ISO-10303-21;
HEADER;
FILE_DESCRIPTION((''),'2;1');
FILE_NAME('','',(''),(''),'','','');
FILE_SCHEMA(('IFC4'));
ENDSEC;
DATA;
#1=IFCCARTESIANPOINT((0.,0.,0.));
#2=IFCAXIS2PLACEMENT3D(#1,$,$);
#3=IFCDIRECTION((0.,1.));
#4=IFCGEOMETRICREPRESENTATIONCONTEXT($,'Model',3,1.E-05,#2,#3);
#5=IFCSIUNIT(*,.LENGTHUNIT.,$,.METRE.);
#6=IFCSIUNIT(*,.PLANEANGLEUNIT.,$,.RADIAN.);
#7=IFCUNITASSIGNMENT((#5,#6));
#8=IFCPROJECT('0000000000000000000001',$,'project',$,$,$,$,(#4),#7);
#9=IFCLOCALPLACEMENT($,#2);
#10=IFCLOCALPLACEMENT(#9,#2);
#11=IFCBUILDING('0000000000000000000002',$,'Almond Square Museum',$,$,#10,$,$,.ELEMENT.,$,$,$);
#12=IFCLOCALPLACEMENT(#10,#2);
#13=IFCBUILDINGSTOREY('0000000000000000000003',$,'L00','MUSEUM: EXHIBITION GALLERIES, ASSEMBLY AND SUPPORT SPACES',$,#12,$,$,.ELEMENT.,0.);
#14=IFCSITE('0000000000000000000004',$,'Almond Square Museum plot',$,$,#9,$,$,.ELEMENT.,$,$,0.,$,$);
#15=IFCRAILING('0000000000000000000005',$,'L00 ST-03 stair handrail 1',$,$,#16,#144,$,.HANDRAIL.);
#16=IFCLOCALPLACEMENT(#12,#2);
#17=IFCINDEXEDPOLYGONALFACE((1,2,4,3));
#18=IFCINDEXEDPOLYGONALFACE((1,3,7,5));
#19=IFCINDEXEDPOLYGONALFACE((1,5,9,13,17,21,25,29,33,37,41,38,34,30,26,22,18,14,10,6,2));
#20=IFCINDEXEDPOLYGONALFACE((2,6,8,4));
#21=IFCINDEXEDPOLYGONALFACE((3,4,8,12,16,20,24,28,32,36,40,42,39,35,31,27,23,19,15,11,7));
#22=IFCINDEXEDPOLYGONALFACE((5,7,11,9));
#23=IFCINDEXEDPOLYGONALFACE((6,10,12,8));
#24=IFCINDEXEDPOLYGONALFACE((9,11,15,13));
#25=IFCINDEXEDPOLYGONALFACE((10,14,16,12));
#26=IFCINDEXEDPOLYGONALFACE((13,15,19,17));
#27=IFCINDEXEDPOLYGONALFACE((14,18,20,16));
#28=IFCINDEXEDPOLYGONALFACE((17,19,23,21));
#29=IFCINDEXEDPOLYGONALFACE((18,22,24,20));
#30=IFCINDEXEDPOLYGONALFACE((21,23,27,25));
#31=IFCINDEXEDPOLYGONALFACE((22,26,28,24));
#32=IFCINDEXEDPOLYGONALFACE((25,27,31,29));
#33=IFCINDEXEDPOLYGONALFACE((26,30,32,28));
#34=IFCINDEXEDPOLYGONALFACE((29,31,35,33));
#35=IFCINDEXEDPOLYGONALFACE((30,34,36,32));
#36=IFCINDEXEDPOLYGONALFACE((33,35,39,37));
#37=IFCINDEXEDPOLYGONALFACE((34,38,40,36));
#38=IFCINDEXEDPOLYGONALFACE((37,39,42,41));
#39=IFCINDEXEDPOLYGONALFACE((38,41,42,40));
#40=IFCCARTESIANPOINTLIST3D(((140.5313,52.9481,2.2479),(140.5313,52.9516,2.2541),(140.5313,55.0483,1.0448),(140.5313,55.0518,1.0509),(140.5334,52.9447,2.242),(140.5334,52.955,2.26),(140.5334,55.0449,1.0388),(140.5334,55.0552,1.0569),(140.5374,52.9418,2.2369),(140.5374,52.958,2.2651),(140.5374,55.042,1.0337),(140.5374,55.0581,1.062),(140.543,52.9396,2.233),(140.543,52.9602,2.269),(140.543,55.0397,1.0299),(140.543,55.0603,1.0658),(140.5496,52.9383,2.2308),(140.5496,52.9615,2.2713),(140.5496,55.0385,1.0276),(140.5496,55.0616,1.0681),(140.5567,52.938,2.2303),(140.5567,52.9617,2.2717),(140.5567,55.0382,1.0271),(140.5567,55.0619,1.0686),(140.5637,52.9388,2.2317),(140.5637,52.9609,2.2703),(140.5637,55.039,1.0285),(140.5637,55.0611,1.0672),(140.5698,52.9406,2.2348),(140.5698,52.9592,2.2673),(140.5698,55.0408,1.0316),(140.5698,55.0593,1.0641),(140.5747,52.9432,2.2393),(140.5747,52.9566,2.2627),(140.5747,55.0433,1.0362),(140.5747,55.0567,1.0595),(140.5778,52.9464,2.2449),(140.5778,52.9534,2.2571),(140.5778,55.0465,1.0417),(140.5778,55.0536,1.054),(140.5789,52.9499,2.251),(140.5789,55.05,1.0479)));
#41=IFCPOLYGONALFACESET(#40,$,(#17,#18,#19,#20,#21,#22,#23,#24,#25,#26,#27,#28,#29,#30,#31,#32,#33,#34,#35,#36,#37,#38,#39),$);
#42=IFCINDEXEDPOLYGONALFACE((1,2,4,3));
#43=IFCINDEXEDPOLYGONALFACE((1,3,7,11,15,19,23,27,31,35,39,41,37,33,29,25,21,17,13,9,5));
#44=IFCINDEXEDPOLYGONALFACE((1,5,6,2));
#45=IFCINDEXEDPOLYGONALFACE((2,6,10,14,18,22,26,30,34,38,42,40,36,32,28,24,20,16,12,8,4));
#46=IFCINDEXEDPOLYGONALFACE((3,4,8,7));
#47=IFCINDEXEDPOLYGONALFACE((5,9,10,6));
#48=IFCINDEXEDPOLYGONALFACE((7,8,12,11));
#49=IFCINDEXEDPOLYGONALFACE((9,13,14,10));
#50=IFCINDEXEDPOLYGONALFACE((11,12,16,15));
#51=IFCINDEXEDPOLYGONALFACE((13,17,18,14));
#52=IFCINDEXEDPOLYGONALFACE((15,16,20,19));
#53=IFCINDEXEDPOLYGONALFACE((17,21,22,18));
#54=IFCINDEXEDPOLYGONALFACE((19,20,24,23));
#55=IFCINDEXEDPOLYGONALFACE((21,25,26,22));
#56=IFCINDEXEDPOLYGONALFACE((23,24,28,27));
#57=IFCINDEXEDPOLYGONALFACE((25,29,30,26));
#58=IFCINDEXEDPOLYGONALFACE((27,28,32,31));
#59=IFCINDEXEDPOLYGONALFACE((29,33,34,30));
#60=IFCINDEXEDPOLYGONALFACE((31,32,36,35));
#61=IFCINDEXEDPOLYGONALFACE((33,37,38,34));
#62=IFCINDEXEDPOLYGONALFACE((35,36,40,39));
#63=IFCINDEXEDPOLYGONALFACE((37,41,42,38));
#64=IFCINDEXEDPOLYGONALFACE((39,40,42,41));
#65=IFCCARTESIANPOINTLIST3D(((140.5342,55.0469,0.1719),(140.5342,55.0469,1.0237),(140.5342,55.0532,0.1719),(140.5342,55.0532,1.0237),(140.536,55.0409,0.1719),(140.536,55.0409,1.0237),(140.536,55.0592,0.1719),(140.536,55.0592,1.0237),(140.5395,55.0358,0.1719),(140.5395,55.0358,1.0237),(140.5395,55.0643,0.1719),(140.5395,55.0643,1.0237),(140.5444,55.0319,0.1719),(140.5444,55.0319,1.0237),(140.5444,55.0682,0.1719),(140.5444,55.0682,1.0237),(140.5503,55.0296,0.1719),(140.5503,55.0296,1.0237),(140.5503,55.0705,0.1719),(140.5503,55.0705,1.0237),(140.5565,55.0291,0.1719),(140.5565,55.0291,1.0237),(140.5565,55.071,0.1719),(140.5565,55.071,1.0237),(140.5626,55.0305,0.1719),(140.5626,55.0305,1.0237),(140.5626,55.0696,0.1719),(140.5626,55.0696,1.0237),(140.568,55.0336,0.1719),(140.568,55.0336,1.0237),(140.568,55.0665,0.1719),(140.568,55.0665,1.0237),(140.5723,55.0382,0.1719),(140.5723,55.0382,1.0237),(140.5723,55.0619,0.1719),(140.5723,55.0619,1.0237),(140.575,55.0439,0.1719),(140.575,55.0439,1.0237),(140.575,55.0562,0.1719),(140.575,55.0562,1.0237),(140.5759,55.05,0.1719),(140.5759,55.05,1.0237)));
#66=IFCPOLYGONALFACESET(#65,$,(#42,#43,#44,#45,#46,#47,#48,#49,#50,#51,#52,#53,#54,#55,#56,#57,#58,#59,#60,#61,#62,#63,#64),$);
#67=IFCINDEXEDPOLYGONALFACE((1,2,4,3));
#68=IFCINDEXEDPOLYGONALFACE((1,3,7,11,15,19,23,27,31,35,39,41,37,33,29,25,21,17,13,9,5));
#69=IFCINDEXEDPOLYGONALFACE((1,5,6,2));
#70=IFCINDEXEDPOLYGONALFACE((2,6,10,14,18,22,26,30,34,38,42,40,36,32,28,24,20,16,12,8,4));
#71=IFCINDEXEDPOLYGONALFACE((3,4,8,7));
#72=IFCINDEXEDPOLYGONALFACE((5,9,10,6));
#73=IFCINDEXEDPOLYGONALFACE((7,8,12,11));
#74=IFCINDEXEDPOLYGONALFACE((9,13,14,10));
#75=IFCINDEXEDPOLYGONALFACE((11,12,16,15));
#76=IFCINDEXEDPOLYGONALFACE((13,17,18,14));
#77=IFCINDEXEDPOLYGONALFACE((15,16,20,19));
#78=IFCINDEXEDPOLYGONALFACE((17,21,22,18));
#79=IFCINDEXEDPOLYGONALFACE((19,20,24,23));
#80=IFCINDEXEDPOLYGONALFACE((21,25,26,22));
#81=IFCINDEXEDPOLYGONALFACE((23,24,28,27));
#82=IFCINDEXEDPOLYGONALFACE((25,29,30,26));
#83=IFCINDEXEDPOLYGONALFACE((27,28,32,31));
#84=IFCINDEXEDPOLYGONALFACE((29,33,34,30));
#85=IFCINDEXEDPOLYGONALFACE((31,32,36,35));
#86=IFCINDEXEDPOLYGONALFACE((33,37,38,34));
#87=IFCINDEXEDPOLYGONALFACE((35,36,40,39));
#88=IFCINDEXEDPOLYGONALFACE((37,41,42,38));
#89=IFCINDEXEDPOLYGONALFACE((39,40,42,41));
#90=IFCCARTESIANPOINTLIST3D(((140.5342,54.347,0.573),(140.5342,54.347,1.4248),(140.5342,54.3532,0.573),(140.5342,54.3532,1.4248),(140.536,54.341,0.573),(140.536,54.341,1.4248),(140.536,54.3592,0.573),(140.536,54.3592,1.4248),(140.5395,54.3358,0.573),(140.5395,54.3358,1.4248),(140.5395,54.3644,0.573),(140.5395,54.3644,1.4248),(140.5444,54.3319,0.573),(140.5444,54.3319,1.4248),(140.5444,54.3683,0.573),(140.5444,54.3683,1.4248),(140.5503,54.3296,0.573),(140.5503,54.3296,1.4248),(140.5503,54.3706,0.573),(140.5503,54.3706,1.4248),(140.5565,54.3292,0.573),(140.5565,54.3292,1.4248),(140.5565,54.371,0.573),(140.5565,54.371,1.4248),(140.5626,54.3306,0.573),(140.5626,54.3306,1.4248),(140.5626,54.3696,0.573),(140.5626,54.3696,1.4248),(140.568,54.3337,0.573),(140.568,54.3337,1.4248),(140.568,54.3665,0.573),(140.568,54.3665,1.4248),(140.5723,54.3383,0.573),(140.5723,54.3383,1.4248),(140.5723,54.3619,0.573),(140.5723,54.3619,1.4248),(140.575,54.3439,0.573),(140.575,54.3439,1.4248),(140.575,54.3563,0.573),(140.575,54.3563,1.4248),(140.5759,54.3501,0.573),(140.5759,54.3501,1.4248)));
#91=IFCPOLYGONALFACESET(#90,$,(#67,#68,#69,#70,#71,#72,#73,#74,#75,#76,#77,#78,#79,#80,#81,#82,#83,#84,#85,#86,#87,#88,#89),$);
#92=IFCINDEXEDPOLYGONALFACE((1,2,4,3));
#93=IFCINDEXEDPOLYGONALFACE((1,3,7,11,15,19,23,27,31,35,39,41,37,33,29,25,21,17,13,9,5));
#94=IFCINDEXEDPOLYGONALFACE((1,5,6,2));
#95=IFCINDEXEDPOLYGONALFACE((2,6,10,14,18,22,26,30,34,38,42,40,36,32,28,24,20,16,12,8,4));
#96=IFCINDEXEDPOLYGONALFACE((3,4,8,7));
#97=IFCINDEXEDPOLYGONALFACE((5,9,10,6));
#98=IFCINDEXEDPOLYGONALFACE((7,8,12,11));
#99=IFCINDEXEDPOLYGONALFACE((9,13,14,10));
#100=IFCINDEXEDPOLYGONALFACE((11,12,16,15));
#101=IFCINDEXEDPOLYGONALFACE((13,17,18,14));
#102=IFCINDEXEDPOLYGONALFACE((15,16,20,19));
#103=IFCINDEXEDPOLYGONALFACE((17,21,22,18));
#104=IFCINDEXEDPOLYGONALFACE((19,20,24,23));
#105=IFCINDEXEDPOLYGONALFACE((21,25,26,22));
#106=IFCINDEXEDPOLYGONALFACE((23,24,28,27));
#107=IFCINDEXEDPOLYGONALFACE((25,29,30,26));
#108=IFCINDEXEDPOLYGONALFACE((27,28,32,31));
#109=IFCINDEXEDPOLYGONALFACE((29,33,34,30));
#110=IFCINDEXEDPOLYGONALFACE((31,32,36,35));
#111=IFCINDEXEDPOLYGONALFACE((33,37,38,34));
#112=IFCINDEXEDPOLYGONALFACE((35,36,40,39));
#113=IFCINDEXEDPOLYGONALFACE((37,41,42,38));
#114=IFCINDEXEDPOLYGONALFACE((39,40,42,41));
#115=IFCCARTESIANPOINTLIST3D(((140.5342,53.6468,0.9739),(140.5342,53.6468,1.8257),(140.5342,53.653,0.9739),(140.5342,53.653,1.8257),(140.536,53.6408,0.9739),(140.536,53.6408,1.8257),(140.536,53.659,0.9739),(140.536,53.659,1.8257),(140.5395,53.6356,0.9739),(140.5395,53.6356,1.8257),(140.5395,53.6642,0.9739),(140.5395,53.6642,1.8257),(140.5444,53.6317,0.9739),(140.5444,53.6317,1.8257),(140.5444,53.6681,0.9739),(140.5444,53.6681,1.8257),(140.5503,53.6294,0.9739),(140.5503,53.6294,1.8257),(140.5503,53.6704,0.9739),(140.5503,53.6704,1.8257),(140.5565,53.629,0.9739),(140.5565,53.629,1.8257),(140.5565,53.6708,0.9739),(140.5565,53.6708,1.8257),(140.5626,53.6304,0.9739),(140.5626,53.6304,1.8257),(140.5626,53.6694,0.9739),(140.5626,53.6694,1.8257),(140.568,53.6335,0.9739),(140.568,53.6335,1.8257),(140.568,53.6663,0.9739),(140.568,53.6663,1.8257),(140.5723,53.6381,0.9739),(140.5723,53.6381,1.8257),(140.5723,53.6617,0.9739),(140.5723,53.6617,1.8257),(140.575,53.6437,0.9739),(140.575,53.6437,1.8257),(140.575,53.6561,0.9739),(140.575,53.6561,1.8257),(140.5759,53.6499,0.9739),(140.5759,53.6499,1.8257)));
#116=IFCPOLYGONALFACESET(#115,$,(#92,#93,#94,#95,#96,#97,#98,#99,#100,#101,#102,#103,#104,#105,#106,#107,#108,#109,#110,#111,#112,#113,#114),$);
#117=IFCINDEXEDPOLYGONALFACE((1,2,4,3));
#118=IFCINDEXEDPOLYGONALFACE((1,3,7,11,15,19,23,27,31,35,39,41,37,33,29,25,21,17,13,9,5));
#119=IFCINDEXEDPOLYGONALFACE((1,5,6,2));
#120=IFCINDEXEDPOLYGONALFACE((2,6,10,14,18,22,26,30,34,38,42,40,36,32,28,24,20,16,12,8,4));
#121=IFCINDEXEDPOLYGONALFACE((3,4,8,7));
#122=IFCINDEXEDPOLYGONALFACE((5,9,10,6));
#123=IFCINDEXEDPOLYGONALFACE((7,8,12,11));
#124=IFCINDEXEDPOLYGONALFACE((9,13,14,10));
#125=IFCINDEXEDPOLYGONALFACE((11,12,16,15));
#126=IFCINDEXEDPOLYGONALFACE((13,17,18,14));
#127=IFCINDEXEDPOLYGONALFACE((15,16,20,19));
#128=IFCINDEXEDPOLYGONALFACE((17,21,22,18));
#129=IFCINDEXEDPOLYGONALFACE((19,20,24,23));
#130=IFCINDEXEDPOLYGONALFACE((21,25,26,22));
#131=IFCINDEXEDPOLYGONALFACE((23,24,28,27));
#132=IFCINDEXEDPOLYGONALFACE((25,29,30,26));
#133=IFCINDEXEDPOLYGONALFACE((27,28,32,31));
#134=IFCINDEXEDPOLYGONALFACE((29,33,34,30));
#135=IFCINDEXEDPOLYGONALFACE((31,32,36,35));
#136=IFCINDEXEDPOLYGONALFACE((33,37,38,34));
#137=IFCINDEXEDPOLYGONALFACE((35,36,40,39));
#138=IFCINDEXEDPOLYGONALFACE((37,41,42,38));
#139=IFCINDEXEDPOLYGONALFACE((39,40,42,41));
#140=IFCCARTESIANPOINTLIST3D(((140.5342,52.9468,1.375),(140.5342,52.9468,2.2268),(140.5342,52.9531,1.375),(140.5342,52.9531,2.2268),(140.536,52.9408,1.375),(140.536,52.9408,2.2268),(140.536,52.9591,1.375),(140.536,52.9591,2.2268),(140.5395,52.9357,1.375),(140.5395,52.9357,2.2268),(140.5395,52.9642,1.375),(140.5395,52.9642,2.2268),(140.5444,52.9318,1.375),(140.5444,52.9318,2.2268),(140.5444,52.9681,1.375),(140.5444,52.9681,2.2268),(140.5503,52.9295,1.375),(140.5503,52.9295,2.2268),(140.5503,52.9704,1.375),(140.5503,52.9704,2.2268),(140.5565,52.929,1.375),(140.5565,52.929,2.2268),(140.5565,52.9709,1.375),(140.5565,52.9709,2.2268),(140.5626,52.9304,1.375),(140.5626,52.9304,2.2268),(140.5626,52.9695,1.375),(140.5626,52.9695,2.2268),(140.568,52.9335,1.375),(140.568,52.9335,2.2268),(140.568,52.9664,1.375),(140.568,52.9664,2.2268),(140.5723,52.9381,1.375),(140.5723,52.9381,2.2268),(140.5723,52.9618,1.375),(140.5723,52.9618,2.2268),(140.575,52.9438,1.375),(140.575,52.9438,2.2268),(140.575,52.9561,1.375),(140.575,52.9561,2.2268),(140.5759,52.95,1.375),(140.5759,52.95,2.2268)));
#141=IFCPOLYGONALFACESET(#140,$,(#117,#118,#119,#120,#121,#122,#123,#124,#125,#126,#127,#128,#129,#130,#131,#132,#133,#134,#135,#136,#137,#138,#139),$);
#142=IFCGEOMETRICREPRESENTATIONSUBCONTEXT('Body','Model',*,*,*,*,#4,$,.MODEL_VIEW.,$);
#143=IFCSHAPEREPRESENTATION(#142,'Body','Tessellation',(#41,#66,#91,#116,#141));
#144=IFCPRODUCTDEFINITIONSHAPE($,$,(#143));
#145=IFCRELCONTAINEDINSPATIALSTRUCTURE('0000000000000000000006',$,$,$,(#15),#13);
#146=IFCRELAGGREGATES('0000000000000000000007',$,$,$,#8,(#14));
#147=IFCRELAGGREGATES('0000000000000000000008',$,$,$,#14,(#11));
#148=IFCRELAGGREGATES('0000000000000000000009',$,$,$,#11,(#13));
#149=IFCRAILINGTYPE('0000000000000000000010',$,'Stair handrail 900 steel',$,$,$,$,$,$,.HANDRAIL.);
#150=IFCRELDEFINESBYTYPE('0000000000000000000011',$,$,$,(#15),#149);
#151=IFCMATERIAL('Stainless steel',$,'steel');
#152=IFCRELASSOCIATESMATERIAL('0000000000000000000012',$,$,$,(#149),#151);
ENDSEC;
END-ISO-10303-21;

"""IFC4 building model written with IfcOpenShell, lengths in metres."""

from ifc_helpers import new_model, si_unit, direction, frame, origin, origin_2d, place, context, subcontext, project, spatial, circle, extrude, material, type_object, element, save


model = new_model("IFC4")

# Units and contexts
model_context = context("Model", 3, precision=1e-05, world=origin(), true_north=direction((0.0, 1.0)))
body_context = subcontext(model_context, "Body", "Model", "MODEL_VIEW")
ifc_project = project(units=[si_unit("LENGTHUNIT", "METRE"), si_unit("PLANEANGLEUNIT", "RADIAN")], contexts=[model_context])

# Site, building, storey
site_placement = place(None, origin())
site = spatial("IfcSite", under=ifc_project, at=site_placement, Name="Almond Square Museum plot", CompositionType="ELEMENT", RefElevation=0.0)
building_placement = place(site_placement, origin())
building = spatial("IfcBuilding", under=site, at=building_placement, Name="Almond Square Museum", CompositionType="ELEMENT")
storey_placement = place(building_placement, origin())
storey = spatial("IfcBuildingStorey", under=building, at=storey_placement, Name="L00", Description="MUSEUM: EXHIBITION GALLERIES, ASSEMBLY AND SUPPORT SPACES", CompositionType="ELEMENT", Elevation=0.0)

# Railing
ifc_material_1 = material(Name="Stainless steel", Category="steel")
railing_type_1 = type_object("IfcRailingType", Name="Stair handrail 900 steel", PredefinedType="HANDRAIL", material=ifc_material_1)
for number, where, name in (
    (1, (140.5549, 55.05, 0.1719), "L00 ST-03 stair handrail 1"),
):
    element("IfcRailing", number, at=place(storey_placement, frame(where)), inside=storey, type_object=railing_type_1, Name=name, PredefinedType="HANDRAIL", context=body_context, shape_type="SweptSolid", body=[
        extrude(circle(Radius=0.0239, at=origin_2d()), frame((0.0, 0.0, 0.876), z_axis=(0.0, -0.867696, 0.497095), x_axis=(1.0, 0.0, 0.0)), (0.0, 0.0, 1.0), 2.4204),
        extrude(circle(Radius=0.021, at=origin_2d()), origin(), (0.0, 0.0, 1.0), 0.8518),
        extrude(circle(Radius=0.021, at=origin_2d()), frame((0.0, -0.7, 0.4011)), (0.0, 0.0, 1.0), 0.8518),
        extrude(circle(Radius=0.021, at=origin_2d()), frame((0.0, -1.4001, 0.802)), (0.0, 0.0, 1.0), 0.8518),
        extrude(circle(Radius=0.021, at=origin_2d()), frame((0.0, -2.1001, 1.2031)), (0.0, 0.0, 1.0), 0.8518),
    ])

save(model, "model.ifc")
